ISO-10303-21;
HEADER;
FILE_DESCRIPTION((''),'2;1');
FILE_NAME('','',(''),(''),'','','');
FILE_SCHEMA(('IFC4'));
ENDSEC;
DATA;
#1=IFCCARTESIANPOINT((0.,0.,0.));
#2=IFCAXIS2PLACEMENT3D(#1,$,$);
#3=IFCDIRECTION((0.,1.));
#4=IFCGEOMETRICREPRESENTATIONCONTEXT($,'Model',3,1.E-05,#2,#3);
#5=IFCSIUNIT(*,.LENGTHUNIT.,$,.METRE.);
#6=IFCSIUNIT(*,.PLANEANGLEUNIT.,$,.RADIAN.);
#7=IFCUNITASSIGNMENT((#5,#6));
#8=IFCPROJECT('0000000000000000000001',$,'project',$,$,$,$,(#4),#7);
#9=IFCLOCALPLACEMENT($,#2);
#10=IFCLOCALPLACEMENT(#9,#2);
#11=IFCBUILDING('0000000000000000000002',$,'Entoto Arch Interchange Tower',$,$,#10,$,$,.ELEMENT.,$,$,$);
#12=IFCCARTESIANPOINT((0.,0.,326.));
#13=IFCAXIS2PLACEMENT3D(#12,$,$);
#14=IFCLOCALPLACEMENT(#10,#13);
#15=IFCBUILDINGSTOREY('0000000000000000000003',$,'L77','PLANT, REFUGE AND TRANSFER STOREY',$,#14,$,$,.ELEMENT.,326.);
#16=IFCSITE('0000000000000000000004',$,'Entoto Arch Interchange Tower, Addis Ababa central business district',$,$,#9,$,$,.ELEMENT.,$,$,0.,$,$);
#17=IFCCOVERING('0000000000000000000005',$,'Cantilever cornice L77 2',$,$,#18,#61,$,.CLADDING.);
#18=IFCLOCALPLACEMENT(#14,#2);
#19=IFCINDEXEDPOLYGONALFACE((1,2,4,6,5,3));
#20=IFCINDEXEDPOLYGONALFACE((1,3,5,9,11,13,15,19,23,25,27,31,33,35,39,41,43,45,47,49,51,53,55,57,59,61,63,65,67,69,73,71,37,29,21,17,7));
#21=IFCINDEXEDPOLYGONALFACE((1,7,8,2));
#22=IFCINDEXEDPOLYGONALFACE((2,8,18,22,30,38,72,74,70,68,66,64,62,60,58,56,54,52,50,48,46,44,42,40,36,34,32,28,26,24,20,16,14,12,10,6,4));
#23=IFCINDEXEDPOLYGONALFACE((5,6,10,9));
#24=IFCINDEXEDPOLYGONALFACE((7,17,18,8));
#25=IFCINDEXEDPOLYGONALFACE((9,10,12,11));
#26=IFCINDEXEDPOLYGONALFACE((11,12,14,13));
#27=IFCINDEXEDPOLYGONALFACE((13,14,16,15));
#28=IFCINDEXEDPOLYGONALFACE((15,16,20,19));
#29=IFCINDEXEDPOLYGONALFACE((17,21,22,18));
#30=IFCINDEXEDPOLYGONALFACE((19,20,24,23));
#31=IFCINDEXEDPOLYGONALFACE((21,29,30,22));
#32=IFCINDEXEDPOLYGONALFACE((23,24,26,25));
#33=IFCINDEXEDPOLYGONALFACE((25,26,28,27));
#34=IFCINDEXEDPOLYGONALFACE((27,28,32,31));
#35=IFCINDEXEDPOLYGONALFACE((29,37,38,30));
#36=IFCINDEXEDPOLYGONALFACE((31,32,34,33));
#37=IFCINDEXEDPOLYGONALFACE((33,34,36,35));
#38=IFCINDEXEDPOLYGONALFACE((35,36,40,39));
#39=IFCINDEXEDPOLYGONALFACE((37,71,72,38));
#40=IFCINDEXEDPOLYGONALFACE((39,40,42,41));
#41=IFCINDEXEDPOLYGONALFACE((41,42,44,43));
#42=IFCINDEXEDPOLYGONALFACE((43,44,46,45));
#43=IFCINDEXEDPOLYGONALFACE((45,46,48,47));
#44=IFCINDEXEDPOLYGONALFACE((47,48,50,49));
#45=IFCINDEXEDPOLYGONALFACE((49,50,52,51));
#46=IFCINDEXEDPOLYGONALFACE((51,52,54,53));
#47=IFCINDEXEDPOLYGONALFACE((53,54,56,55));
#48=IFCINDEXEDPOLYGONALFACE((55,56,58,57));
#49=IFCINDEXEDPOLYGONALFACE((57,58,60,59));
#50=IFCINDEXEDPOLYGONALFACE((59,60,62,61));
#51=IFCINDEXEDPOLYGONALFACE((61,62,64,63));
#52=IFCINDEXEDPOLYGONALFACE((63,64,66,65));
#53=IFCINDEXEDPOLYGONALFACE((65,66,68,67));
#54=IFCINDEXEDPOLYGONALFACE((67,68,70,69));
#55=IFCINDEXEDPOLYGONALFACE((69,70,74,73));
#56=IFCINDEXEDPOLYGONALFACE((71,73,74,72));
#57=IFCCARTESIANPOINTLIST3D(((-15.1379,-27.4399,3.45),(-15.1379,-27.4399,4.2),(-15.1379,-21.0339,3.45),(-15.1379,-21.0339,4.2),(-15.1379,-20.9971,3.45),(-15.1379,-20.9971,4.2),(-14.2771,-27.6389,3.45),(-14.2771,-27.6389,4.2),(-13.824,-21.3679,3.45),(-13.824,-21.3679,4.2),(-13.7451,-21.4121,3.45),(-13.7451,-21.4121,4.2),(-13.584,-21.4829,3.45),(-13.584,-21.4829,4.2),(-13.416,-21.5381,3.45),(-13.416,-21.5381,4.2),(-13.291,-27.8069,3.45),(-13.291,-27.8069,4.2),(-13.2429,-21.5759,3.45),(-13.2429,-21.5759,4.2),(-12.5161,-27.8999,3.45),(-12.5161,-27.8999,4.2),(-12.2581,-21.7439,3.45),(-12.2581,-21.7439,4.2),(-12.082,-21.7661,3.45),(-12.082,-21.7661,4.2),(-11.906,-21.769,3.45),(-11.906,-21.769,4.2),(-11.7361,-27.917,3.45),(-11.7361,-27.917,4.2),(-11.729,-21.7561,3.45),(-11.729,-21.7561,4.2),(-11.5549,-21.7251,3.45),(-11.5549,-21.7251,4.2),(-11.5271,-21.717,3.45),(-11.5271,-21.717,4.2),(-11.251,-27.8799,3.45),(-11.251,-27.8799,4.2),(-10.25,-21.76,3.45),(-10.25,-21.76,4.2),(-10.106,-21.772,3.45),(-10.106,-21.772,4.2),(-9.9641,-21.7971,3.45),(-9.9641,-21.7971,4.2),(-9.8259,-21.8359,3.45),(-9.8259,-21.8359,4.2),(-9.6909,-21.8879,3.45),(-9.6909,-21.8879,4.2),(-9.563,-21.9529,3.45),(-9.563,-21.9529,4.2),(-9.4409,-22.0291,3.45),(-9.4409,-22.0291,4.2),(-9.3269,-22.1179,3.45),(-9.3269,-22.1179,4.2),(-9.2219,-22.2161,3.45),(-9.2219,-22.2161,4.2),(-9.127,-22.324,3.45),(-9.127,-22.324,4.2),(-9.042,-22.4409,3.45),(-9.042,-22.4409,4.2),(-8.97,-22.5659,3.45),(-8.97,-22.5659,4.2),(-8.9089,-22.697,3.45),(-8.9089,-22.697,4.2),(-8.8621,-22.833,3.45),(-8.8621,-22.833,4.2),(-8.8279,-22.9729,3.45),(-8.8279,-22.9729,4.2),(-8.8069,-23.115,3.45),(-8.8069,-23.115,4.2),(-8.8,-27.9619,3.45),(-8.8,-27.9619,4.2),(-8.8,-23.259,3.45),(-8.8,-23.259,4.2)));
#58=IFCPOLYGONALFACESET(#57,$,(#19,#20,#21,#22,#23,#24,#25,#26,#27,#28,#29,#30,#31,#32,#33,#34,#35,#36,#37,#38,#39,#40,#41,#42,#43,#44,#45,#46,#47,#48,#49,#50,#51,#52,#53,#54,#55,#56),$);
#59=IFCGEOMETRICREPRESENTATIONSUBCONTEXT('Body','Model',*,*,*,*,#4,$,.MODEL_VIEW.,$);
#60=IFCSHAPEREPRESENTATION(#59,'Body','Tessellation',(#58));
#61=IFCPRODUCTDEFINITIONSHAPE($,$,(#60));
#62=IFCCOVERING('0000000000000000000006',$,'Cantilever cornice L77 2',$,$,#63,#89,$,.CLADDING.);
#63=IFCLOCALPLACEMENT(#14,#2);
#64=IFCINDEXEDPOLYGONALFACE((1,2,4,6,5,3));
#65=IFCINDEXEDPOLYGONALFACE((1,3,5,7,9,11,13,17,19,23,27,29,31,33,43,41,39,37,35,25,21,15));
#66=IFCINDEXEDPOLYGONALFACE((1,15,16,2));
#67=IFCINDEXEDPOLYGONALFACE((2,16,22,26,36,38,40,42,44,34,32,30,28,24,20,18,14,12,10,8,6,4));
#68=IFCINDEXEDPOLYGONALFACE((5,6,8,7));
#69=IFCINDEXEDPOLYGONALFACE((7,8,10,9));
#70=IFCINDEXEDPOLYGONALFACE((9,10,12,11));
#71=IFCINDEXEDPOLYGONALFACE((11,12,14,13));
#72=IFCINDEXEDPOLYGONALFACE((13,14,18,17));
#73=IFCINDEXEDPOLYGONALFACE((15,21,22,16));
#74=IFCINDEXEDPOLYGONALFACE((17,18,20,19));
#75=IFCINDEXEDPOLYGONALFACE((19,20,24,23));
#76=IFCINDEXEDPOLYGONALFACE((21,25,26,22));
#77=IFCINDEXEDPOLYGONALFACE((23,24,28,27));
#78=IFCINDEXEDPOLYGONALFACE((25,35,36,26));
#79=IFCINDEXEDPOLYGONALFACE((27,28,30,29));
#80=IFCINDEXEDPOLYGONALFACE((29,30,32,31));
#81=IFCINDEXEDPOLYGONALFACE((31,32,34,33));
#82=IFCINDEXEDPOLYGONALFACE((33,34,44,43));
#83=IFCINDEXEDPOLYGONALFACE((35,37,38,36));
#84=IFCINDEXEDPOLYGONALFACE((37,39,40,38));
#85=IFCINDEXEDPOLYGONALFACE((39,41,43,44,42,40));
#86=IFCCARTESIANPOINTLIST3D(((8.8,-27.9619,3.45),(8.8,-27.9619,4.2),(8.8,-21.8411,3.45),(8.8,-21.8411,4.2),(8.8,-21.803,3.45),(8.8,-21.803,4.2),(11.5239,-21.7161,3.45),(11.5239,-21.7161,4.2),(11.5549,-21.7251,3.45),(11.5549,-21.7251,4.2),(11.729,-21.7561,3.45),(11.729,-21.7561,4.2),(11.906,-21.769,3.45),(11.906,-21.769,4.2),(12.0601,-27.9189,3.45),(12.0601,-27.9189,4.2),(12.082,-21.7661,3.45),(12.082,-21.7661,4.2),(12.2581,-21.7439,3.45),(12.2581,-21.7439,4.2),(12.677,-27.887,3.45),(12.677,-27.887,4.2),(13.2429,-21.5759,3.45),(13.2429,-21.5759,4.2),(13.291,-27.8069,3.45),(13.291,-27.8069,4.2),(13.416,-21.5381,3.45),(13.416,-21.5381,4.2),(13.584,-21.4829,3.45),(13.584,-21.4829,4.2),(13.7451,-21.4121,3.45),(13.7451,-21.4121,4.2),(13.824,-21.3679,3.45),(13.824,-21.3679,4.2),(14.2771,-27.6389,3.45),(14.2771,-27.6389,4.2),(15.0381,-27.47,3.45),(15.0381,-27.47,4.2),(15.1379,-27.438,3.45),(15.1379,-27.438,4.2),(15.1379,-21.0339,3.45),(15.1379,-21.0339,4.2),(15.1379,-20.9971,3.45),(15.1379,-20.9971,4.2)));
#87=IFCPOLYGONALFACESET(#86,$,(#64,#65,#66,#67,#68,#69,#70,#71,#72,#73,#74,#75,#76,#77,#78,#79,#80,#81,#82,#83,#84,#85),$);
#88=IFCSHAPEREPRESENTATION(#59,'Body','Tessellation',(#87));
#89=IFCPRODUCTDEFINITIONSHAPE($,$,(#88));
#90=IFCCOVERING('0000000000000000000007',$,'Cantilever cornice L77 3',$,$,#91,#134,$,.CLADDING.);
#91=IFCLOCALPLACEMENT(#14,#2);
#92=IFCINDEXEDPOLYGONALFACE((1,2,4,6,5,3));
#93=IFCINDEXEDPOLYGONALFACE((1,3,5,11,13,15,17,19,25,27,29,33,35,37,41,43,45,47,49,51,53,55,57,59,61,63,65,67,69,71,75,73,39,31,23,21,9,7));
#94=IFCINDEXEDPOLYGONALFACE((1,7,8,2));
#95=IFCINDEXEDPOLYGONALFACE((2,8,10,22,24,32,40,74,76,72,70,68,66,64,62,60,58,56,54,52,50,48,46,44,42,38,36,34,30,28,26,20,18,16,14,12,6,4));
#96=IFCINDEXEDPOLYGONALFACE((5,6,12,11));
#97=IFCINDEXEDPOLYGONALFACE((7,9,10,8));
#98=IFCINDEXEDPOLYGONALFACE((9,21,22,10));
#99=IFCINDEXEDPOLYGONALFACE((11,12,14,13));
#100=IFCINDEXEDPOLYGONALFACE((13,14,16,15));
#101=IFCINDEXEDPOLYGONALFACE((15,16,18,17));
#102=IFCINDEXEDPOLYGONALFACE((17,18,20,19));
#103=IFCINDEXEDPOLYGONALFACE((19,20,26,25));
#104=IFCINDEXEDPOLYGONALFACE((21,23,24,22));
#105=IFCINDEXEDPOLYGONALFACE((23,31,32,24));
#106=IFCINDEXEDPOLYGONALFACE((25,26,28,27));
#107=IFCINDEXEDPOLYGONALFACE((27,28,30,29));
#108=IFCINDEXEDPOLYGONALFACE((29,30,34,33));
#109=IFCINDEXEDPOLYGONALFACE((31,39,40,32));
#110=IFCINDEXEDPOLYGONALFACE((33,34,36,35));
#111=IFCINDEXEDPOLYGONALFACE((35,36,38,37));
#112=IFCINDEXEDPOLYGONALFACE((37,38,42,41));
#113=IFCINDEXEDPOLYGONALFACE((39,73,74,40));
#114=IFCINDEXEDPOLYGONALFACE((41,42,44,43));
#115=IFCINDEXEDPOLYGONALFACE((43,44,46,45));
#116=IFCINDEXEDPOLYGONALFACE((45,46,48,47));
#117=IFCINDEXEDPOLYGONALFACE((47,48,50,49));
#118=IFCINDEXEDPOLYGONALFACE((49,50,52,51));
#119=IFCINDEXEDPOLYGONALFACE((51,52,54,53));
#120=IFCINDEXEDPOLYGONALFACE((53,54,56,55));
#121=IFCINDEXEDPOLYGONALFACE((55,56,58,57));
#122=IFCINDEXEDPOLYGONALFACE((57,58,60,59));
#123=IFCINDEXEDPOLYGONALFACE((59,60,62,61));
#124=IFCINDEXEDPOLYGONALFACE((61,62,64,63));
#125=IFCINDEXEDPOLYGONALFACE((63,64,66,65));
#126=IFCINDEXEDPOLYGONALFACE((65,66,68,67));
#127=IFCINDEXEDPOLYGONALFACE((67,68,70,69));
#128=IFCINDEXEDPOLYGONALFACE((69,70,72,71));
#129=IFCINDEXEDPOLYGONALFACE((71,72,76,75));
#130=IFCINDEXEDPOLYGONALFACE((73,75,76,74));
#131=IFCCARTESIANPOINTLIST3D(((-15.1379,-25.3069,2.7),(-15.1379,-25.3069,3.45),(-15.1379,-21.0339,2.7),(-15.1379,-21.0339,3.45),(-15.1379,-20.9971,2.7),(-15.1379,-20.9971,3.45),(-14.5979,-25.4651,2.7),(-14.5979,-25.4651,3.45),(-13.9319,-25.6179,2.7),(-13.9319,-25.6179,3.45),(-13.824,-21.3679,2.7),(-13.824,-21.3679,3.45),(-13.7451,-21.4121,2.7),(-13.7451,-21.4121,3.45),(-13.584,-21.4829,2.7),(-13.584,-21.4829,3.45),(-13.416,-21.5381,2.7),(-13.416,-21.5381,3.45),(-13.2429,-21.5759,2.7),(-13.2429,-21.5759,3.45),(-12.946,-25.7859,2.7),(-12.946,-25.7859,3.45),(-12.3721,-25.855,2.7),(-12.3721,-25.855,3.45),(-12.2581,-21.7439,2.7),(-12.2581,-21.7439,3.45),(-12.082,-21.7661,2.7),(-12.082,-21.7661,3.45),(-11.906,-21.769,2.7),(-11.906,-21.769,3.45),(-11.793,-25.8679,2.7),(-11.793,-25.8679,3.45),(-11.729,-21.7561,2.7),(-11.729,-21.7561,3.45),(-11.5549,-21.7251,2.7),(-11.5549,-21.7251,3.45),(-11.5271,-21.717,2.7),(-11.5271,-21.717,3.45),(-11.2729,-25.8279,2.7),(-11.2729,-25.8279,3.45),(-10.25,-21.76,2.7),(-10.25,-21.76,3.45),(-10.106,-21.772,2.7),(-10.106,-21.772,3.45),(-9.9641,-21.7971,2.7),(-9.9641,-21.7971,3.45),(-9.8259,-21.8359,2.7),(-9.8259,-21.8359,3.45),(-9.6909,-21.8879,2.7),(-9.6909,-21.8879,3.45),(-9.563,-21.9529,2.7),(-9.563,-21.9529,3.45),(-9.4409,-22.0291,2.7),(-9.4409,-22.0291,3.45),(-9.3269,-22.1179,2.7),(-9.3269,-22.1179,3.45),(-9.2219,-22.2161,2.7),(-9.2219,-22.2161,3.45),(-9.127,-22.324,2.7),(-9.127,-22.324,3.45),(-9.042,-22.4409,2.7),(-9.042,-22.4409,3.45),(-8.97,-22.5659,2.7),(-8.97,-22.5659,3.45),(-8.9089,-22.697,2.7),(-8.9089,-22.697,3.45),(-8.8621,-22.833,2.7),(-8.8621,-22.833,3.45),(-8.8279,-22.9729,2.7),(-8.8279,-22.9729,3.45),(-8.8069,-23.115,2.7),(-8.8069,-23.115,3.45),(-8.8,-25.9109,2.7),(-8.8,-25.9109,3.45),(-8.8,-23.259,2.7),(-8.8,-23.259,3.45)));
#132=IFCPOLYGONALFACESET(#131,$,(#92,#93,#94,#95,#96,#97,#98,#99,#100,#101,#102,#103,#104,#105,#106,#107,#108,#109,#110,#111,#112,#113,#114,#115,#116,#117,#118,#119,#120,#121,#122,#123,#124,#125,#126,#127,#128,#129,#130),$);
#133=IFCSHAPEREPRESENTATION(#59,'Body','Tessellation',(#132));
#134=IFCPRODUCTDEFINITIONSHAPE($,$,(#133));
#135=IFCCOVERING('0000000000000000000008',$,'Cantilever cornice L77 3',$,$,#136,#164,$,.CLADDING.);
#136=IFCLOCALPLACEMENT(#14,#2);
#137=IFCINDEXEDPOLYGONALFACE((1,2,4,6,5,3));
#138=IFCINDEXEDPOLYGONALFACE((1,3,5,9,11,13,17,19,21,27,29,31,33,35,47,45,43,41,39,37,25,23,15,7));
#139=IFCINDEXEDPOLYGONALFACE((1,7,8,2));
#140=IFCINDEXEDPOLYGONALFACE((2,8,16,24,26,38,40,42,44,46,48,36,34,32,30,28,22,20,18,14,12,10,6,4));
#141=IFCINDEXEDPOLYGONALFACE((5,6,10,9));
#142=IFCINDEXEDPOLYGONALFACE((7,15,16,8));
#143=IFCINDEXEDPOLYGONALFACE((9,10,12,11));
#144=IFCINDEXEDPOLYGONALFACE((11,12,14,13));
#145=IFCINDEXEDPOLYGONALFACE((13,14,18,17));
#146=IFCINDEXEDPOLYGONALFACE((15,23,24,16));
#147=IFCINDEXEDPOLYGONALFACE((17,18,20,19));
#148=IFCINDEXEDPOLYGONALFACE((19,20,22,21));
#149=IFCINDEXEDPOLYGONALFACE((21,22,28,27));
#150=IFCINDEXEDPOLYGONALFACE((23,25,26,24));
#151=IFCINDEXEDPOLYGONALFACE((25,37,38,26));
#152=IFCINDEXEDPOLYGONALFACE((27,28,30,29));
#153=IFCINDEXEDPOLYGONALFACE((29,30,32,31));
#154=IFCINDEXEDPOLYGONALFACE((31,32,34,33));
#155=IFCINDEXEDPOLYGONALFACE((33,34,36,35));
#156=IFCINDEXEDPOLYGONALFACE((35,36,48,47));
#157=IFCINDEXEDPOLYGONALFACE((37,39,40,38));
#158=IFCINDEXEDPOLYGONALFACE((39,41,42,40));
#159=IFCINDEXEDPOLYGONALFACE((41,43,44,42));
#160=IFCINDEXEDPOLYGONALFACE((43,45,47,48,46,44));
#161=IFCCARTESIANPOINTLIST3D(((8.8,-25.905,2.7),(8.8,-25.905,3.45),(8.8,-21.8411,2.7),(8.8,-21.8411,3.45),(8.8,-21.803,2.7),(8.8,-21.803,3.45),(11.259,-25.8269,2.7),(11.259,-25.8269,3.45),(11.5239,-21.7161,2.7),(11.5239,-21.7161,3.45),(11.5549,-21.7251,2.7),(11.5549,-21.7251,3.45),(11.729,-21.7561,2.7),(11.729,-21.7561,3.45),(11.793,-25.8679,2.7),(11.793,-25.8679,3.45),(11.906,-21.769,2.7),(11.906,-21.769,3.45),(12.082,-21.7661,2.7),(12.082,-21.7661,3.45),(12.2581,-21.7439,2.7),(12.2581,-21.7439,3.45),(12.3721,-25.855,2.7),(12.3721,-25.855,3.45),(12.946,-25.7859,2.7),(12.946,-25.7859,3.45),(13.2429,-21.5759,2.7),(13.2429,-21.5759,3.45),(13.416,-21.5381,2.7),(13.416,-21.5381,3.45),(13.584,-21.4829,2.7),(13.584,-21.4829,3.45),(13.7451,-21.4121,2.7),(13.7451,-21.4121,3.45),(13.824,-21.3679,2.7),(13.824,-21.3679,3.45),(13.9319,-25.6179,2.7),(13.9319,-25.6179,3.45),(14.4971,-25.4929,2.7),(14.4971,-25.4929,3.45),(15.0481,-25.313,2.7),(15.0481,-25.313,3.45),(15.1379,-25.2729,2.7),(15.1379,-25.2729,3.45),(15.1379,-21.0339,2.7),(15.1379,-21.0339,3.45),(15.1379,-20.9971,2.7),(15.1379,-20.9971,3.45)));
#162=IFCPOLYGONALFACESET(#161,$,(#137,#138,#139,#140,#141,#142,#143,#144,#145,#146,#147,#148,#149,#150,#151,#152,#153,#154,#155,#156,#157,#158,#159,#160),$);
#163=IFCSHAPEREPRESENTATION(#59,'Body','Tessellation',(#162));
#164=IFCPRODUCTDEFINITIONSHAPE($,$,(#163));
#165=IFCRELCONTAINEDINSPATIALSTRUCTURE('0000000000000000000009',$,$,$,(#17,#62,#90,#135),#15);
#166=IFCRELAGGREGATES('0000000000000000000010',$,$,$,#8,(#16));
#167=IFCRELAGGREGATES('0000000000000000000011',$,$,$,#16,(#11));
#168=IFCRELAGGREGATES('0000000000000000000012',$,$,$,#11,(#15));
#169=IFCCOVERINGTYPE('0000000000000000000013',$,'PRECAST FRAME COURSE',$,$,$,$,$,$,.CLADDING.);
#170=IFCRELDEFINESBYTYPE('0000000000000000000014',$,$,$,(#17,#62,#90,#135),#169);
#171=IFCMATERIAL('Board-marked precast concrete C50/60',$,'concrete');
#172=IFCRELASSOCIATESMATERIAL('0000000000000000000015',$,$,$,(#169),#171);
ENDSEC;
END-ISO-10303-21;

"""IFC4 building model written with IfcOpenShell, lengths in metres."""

from ifc_helpers import new_model, si_unit, direction, frame, origin, place, context, subcontext, project, spatial, polyline, outline, extrude, material, type_object, element, save


model = new_model("IFC4")

# Units and contexts
model_context = context("Model", 3, precision=1e-05, world=origin(), true_north=direction((0.0, 1.0)))
body_context = subcontext(model_context, "Body", "Model", "MODEL_VIEW")
ifc_project = project(units=[si_unit("LENGTHUNIT", "METRE"), si_unit("PLANEANGLEUNIT", "RADIAN")], contexts=[model_context])

# Site, building, storey
site_placement = place(None, origin())
site = spatial("IfcSite", under=ifc_project, at=site_placement, Name="Entoto Arch Interchange Tower, Addis Ababa central business district", CompositionType="ELEMENT", RefElevation=0.0)
building_placement = place(site_placement, origin())
building = spatial("IfcBuilding", under=site, at=building_placement, Name="Entoto Arch Interchange Tower", CompositionType="ELEMENT")
storey_placement = place(building_placement, frame((0.0, 0.0, 326.0)))
storey = spatial("IfcBuildingStorey", under=building, at=storey_placement, Name="L77", Description="PLANT, REFUGE AND TRANSFER STOREY", CompositionType="ELEMENT", Elevation=326.0)

# Coverings
ifc_material_1 = material(Name="Board-marked precast concrete C50/60", Category="concrete")
covering_type_1 = type_object("IfcCoveringType", Name="PRECAST FRAME COURSE", PredefinedType="CLADDING", material=ifc_material_1)
covering_1_placement = place(storey_placement, frame((0.0, 0.0, 3.45)))
element("IfcCovering", 1, at=covering_1_placement, inside=storey, type_object=covering_type_1, Name="Cantilever cornice L77 2", PredefinedType="CLADDING", context=body_context, shape_type="SweptSolid", body=[
    extrude(outline(polyline([(-9.6909, -21.8879), (-9.563, -21.9529), (-9.4409, -22.0291), (-9.3269, -22.1179), (-9.2219, -22.2161), (-9.127, -22.324), (-9.042, -22.4409), (-8.97, -22.5659), (-8.9089, -22.697), (-8.8621, -22.833), (-8.8279, -22.9729), (-8.8069, -23.115), (-8.8, -23.259), (-8.8, -27.9619), (-11.251, -27.8799), (-11.7361, -27.917), (-12.5161, -27.8999), (-13.291, -27.8069), (-14.2771, -27.6389), (-15.1379, -27.4399), (-15.1379, -21.0339), (-15.1379, -20.9971), (-13.824, -21.3679), (-13.7451, -21.4121), (-13.584, -21.4829), (-13.416, -21.5381), (-13.2429, -21.5759), (-12.2581, -21.7439), (-12.082, -21.7661), (-11.906, -21.769), (-11.729, -21.7561), (-11.5549, -21.7251), (-11.5271, -21.717), (-10.25, -21.76), (-10.106, -21.772), (-9.9641, -21.7971), (-9.8259, -21.8359), (-9.6909, -21.8879)])), origin(), (0.0, 0.0, 1.0), 0.75),
])
covering_2_placement = place(storey_placement, frame((0.0, 0.0, 3.45)))
element("IfcCovering", 2, at=covering_2_placement, inside=storey, type_object=covering_type_1, Name="Cantilever cornice L77 2", PredefinedType="CLADDING", context=body_context, shape_type="SweptSolid", body=[
    extrude(outline(polyline([(8.8, -21.803), (11.5239, -21.7161), (11.5549, -21.7251), (11.729, -21.7561), (11.906, -21.769), (12.082, -21.7661), (12.2581, -21.7439), (13.2429, -21.5759), (13.416, -21.5381), (13.584, -21.4829), (13.7451, -21.4121), (13.824, -21.3679), (15.1379, -20.9971), (15.1379, -21.0339), (15.1379, -27.438), (15.0381, -27.47), (14.2771, -27.6389), (13.291, -27.8069), (12.677, -27.887), (12.0601, -27.9189), (8.8, -27.9619), (8.8, -21.8411), (8.8, -21.803)])), origin(), (0.0, 0.0, 1.0), 0.75),
])
covering_3_placement = place(storey_placement, frame((0.0, 0.0, 2.7)))
element("IfcCovering", 3, at=covering_3_placement, inside=storey, type_object=covering_type_1, Name="Cantilever cornice L77 3", PredefinedType="CLADDING", context=body_context, shape_type="SweptSolid", body=[
    extrude(outline(polyline([(-9.6909, -21.8879), (-9.563, -21.9529), (-9.4409, -22.0291), (-9.3269, -22.1179), (-9.2219, -22.2161), (-9.127, -22.324), (-9.042, -22.4409), (-8.97, -22.5659), (-8.9089, -22.697), (-8.8621, -22.833), (-8.8279, -22.9729), (-8.8069, -23.115), (-8.8, -23.259), (-8.8, -25.9109), (-11.2729, -25.8279), (-11.793, -25.8679), (-12.3721, -25.855), (-12.946, -25.7859), (-13.9319, -25.6179), (-14.5979, -25.4651), (-15.1379, -25.3069), (-15.1379, -21.0339), (-15.1379, -20.9971), (-13.824, -21.3679), (-13.7451, -21.4121), (-13.584, -21.4829), (-13.416, -21.5381), (-13.2429, -21.5759), (-12.2581, -21.7439), (-12.082, -21.7661), (-11.906, -21.769), (-11.729, -21.7561), (-11.5549, -21.7251), (-11.5271, -21.717), (-10.25, -21.76), (-10.106, -21.772), (-9.9641, -21.7971), (-9.8259, -21.8359), (-9.6909, -21.8879)])), origin(), (0.0, 0.0, 1.0), 0.75),
])
covering_4_placement = place(storey_placement, frame((0.0, 0.0, 2.7)))
element("IfcCovering", 4, at=covering_4_placement, inside=storey, type_object=covering_type_1, Name="Cantilever cornice L77 3", PredefinedType="CLADDING", context=body_context, shape_type="SweptSolid", body=[
    extrude(outline(polyline([(8.8, -21.803), (11.5239, -21.7161), (11.5549, -21.7251), (11.729, -21.7561), (11.906, -21.769), (12.082, -21.7661), (12.2581, -21.7439), (13.2429, -21.5759), (13.416, -21.5381), (13.584, -21.4829), (13.7451, -21.4121), (13.824, -21.3679), (15.1379, -20.9971), (15.1379, -21.0339), (15.1379, -25.2729), (15.0481, -25.313), (14.4971, -25.4929), (13.9319, -25.6179), (12.946, -25.7859), (12.3721, -25.855), (11.793, -25.8679), (11.259, -25.8269), (8.8, -25.905), (8.8, -21.8411), (8.8, -21.803)])), origin(), (0.0, 0.0, 1.0), 0.75),
])

save(model, "model.ifc")
